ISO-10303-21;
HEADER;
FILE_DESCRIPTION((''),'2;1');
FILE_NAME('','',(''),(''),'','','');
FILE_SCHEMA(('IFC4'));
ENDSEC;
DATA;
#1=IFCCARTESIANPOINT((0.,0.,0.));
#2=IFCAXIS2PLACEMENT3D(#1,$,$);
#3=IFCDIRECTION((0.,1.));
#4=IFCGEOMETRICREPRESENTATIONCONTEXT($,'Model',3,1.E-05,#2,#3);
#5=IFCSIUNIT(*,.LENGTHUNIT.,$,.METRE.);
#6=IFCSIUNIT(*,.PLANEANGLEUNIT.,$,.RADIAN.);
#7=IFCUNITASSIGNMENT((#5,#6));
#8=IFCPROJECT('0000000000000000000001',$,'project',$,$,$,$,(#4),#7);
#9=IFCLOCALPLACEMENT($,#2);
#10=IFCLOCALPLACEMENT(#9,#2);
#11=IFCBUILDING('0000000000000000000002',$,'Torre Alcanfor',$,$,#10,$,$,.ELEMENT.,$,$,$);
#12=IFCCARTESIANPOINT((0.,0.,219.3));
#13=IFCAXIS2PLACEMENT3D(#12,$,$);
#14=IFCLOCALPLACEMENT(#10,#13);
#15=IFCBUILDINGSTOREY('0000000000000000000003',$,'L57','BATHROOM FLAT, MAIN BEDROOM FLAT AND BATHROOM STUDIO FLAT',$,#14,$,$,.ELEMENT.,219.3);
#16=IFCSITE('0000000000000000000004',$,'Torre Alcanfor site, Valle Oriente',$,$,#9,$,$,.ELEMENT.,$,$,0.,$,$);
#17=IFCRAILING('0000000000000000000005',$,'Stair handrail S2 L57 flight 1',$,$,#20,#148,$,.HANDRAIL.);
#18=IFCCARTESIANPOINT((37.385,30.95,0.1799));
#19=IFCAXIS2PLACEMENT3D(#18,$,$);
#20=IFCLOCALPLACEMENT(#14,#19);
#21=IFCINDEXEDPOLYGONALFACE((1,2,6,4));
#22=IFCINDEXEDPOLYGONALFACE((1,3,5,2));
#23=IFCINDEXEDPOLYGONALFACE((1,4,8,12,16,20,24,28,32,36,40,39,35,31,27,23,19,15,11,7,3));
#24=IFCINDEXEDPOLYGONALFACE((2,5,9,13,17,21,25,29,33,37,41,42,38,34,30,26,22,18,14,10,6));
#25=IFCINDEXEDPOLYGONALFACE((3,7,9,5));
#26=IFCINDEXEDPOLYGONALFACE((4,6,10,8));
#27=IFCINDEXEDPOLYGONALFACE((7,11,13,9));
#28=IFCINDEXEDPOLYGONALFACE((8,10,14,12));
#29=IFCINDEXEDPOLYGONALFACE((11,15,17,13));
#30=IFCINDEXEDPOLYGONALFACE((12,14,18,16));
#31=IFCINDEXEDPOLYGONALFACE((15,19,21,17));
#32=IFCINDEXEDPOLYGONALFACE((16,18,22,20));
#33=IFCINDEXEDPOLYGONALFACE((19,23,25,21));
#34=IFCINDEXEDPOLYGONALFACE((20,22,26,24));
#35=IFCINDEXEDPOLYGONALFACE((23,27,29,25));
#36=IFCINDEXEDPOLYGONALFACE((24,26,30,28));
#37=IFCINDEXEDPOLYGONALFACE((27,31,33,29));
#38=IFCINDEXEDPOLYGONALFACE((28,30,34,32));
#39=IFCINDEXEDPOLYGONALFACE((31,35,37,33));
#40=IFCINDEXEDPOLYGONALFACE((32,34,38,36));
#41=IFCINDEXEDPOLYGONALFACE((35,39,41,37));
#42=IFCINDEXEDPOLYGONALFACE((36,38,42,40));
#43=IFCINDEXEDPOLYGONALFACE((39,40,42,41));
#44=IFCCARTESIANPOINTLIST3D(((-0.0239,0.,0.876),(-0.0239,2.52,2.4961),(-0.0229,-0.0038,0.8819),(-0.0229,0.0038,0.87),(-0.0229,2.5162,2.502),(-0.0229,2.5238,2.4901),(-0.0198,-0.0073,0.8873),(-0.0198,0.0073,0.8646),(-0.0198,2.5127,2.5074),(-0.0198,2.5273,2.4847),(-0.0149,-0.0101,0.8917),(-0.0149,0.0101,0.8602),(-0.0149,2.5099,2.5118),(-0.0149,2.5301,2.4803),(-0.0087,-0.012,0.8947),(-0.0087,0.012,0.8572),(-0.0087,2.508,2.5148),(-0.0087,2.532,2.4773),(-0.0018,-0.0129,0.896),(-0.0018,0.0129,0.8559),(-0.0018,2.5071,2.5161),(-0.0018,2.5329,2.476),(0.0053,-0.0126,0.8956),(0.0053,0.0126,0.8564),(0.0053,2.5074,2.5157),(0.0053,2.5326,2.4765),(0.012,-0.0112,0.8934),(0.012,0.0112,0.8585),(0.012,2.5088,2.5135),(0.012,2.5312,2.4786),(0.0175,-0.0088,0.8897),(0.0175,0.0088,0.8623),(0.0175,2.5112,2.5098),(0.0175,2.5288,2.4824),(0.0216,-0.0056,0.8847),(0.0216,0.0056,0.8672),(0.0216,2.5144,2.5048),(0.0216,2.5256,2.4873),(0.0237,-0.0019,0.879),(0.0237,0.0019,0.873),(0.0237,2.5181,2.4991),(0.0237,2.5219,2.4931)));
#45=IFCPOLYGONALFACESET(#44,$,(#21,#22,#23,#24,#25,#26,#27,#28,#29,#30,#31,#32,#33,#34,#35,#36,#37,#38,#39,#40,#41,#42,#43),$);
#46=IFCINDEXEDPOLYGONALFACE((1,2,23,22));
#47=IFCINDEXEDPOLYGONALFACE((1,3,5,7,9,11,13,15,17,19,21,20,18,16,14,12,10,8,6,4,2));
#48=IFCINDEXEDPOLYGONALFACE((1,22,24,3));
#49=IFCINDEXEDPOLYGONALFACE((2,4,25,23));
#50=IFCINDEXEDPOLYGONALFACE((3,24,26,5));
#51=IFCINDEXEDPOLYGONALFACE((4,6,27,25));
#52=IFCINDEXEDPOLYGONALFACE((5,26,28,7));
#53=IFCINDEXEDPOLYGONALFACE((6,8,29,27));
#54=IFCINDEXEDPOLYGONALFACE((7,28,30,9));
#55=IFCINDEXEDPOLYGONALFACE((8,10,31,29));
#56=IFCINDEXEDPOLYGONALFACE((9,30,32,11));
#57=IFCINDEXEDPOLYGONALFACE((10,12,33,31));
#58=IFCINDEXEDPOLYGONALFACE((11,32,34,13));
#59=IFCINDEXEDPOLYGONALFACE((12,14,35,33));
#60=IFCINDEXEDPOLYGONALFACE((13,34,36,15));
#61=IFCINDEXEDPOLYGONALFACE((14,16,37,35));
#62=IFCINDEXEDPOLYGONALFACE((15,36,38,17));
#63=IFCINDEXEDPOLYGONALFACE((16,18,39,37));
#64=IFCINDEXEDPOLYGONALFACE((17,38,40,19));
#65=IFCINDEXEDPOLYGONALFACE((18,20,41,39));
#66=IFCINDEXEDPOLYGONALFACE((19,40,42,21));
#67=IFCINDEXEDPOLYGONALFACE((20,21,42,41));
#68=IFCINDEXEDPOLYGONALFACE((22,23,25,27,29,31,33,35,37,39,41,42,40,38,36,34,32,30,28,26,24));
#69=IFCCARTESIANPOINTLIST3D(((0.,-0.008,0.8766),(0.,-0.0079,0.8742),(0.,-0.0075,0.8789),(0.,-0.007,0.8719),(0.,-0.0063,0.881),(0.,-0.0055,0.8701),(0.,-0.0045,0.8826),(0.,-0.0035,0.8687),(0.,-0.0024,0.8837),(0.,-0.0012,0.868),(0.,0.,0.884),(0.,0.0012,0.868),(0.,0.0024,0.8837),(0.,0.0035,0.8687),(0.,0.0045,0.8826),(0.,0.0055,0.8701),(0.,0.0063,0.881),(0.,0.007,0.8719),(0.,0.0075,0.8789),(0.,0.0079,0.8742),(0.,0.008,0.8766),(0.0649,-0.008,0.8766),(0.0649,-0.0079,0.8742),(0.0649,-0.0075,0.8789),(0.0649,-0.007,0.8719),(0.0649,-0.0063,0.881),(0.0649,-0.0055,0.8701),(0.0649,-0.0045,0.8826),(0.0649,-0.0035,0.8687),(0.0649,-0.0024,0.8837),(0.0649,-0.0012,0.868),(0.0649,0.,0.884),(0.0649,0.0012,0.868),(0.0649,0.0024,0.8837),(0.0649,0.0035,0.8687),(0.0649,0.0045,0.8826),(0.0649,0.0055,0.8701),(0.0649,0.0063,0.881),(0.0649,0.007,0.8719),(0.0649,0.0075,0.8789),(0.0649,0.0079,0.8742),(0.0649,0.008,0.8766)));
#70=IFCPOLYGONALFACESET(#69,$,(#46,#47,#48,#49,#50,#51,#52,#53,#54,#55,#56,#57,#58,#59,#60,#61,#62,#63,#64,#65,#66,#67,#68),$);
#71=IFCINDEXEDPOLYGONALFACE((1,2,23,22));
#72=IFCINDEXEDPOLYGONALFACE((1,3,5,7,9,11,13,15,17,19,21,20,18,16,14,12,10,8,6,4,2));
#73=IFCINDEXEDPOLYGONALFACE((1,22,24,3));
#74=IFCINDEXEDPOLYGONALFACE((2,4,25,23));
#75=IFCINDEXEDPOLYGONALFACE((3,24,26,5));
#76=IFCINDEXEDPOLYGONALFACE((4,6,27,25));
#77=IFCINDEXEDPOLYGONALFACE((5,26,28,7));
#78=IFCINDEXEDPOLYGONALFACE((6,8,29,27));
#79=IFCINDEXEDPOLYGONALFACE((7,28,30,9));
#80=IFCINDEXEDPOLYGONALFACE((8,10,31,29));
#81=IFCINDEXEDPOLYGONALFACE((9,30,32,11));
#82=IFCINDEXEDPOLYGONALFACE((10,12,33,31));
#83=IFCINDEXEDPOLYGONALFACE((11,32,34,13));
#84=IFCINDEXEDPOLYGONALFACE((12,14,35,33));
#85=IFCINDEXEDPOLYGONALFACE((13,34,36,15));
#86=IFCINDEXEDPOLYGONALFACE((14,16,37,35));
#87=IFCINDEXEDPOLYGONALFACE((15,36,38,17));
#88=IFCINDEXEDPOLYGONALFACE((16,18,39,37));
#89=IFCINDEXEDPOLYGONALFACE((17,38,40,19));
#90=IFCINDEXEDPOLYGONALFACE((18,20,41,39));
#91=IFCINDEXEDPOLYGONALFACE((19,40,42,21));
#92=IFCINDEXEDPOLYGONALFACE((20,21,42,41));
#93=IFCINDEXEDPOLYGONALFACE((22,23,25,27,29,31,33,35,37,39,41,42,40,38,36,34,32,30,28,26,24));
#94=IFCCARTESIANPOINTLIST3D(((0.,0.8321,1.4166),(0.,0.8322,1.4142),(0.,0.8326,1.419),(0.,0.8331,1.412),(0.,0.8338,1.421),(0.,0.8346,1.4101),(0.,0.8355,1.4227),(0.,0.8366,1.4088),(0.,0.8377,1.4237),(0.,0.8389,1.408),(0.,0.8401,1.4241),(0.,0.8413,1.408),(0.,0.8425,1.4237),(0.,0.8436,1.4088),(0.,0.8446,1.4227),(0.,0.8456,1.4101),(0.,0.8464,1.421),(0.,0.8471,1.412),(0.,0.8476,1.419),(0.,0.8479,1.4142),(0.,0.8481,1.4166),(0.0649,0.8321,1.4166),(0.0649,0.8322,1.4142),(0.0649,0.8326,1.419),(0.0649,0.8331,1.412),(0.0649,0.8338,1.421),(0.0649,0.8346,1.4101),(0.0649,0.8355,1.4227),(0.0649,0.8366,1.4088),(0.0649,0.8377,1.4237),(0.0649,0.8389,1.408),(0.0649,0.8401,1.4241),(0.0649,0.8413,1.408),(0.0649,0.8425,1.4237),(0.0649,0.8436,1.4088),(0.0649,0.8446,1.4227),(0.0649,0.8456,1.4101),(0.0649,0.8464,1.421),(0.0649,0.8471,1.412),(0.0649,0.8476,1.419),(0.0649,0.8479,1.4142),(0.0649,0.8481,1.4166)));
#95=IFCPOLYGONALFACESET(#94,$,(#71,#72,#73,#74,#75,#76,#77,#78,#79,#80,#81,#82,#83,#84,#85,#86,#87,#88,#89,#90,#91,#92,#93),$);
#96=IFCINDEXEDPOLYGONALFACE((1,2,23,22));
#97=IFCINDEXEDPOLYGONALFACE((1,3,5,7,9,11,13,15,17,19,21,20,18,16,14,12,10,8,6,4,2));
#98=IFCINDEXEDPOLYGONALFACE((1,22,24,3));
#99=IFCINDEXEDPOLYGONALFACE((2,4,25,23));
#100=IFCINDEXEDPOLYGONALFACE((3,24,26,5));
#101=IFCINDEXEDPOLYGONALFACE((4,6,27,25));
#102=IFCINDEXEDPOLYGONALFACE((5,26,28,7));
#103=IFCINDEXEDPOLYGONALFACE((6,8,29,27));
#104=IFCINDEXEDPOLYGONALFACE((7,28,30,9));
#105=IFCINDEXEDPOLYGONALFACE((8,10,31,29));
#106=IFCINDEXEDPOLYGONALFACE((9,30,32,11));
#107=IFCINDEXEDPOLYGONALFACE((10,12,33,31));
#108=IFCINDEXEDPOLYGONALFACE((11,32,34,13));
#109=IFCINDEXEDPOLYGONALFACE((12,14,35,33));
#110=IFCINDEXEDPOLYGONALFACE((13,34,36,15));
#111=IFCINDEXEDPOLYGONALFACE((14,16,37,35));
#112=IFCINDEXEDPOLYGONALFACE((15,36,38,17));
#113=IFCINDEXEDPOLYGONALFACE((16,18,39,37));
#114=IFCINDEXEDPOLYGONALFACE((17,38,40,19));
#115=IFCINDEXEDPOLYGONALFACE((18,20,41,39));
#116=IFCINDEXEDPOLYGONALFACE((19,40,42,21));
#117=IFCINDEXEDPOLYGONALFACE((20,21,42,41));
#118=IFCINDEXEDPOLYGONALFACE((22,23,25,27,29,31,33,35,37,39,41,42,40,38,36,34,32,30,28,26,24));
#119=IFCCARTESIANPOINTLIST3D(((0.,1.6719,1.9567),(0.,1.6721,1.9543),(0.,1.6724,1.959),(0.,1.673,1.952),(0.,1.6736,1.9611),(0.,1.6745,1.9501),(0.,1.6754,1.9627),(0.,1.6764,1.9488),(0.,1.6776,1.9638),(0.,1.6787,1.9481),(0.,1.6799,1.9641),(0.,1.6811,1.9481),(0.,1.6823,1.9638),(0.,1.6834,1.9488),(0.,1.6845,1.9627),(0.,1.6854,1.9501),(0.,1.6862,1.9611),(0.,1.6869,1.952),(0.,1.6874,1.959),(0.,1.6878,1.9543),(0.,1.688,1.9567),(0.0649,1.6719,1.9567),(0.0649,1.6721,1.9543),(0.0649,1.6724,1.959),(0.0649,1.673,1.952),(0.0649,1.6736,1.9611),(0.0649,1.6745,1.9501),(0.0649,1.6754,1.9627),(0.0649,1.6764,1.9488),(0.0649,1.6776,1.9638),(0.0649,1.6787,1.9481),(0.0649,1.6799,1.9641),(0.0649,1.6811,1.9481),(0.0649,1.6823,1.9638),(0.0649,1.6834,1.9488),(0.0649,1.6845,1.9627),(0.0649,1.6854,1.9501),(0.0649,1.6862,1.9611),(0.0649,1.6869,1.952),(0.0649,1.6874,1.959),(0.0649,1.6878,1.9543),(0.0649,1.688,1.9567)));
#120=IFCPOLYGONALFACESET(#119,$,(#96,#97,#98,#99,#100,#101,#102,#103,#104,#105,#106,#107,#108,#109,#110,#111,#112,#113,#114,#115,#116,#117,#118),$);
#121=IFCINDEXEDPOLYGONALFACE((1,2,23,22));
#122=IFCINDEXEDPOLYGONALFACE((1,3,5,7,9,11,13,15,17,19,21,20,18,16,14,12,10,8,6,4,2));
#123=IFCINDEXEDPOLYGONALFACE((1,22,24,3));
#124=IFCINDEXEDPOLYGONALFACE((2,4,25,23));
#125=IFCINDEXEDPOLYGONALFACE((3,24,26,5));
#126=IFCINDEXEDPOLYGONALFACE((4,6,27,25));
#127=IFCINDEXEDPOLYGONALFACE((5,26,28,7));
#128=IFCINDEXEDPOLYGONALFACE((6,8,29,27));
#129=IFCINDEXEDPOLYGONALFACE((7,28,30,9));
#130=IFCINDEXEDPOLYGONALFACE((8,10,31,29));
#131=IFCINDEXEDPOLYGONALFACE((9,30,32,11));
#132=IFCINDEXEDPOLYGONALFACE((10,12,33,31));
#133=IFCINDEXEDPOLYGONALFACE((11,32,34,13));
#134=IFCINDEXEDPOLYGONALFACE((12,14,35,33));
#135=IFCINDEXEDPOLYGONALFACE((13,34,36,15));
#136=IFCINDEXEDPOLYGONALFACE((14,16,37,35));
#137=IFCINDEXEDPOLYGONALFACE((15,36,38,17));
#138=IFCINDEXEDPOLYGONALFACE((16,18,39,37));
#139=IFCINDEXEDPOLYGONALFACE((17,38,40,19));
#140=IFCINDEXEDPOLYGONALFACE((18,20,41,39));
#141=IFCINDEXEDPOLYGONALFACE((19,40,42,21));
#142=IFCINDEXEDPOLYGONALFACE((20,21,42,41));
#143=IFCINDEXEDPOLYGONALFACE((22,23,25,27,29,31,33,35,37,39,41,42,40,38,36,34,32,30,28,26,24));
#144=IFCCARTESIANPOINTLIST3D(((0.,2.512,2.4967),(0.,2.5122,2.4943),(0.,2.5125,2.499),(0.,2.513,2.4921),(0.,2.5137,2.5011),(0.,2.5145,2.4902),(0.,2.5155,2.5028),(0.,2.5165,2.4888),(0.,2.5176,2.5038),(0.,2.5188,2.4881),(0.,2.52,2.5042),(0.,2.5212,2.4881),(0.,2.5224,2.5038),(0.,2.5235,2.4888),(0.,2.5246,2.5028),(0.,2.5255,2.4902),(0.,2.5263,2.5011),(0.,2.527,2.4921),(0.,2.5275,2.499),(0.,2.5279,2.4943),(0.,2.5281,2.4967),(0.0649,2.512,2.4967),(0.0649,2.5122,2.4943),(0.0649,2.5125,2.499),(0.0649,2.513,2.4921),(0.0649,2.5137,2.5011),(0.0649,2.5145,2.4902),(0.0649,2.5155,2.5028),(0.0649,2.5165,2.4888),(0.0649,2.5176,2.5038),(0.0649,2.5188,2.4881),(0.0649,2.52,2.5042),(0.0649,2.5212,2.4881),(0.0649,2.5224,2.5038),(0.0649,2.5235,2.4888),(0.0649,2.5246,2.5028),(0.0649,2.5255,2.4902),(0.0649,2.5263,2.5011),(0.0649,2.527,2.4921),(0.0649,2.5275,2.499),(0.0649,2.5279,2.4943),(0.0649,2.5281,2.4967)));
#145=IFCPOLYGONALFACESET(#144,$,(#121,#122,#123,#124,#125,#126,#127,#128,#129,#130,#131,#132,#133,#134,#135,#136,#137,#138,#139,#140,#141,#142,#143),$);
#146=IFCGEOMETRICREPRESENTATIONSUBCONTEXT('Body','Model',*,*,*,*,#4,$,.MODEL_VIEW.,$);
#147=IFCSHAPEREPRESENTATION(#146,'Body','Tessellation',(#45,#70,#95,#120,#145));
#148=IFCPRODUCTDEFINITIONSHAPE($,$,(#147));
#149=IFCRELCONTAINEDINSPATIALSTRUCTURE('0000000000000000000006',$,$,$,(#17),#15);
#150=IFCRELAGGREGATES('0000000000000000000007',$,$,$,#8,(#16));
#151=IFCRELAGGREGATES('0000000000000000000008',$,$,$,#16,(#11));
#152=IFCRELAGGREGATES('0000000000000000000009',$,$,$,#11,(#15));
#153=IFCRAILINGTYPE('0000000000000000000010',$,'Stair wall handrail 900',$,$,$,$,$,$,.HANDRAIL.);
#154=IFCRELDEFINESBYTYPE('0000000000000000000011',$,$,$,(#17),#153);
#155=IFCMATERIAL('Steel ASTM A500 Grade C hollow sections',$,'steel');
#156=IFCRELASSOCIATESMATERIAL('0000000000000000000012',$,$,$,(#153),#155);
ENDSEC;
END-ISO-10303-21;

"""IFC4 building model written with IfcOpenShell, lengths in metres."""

from ifc_helpers import new_model, si_unit, direction, frame, origin, origin_2d, place, context, subcontext, project, spatial, circle, extrude, material, type_object, element, save


model = new_model("IFC4")

# Units and contexts
model_context = context("Model", 3, precision=1e-05, world=origin(), true_north=direction((0.0, 1.0)))
body_context = subcontext(model_context, "Body", "Model", "MODEL_VIEW")
ifc_project = project(units=[si_unit("LENGTHUNIT", "METRE"), si_unit("PLANEANGLEUNIT", "RADIAN")], contexts=[model_context])

# Site, building, storey
site_placement = place(None, origin())
site = spatial("IfcSite", under=ifc_project, at=site_placement, Name="Torre Alcanfor site, Valle Oriente", CompositionType="ELEMENT", RefElevation=0.0)
building_placement = place(site_placement, origin())
building = spatial("IfcBuilding", under=site, at=building_placement, Name="Torre Alcanfor", CompositionType="ELEMENT")
storey_placement = place(building_placement, frame((0.0, 0.0, 219.3)))
storey = spatial("IfcBuildingStorey", under=building, at=storey_placement, Name="L57", Description="BATHROOM FLAT, MAIN BEDROOM FLAT AND BATHROOM STUDIO FLAT", CompositionType="ELEMENT", Elevation=219.3)

# Railing
ifc_material_1 = material(Name="Steel ASTM A500 Grade C hollow sections", Category="steel")
railing_type_1 = type_object("IfcRailingType", Name="Stair wall handrail 900", PredefinedType="HANDRAIL", material=ifc_material_1)
railing_1_placement = place(storey_placement, frame((37.385, 30.95, 0.1799)))
element("IfcRailing", 1, at=railing_1_placement, inside=storey, type_object=railing_type_1, Name="Stair handrail S2 L57 flight 1", PredefinedType="HANDRAIL", context=body_context, shape_type="SweptSolid", body=[
    extrude(circle(Radius=0.0239, at=origin_2d()), frame((0.0, 0.0, 0.876), z_axis=(0.0, 0.841163, 0.540782), x_axis=(-1.0, 0.0, 0.0)), (0.0, 0.0, 1.0), 2.9958),
    extrude(circle(Radius=0.0081, at=origin_2d()), frame((0.0, 0.0, 0.876), z_axis=(1.0, 0.0, 0.0), x_axis=(0.0, 0.0, 1.0)), (0.0, 0.0, 1.0), 0.0649),
    extrude(circle(Radius=0.0081, at=origin_2d()), frame((0.0, 0.8401, 1.416), z_axis=(1.0, 0.0, 0.0), x_axis=(0.0, 0.0, 1.0)), (0.0, 0.0, 1.0), 0.0649),
    extrude(circle(Radius=0.0081, at=origin_2d()), frame((0.0, 1.6799, 1.9561), z_axis=(1.0, 0.0, 0.0), x_axis=(0.0, 0.0, 1.0)), (0.0, 0.0, 1.0), 0.0649),
    extrude(circle(Radius=0.0081, at=origin_2d()), frame((0.0, 2.52, 2.4961), z_axis=(1.0, 0.0, 0.0), x_axis=(0.0, 0.0, 1.0)), (0.0, 0.0, 1.0), 0.0649),
])

save(model, "model.ifc")
